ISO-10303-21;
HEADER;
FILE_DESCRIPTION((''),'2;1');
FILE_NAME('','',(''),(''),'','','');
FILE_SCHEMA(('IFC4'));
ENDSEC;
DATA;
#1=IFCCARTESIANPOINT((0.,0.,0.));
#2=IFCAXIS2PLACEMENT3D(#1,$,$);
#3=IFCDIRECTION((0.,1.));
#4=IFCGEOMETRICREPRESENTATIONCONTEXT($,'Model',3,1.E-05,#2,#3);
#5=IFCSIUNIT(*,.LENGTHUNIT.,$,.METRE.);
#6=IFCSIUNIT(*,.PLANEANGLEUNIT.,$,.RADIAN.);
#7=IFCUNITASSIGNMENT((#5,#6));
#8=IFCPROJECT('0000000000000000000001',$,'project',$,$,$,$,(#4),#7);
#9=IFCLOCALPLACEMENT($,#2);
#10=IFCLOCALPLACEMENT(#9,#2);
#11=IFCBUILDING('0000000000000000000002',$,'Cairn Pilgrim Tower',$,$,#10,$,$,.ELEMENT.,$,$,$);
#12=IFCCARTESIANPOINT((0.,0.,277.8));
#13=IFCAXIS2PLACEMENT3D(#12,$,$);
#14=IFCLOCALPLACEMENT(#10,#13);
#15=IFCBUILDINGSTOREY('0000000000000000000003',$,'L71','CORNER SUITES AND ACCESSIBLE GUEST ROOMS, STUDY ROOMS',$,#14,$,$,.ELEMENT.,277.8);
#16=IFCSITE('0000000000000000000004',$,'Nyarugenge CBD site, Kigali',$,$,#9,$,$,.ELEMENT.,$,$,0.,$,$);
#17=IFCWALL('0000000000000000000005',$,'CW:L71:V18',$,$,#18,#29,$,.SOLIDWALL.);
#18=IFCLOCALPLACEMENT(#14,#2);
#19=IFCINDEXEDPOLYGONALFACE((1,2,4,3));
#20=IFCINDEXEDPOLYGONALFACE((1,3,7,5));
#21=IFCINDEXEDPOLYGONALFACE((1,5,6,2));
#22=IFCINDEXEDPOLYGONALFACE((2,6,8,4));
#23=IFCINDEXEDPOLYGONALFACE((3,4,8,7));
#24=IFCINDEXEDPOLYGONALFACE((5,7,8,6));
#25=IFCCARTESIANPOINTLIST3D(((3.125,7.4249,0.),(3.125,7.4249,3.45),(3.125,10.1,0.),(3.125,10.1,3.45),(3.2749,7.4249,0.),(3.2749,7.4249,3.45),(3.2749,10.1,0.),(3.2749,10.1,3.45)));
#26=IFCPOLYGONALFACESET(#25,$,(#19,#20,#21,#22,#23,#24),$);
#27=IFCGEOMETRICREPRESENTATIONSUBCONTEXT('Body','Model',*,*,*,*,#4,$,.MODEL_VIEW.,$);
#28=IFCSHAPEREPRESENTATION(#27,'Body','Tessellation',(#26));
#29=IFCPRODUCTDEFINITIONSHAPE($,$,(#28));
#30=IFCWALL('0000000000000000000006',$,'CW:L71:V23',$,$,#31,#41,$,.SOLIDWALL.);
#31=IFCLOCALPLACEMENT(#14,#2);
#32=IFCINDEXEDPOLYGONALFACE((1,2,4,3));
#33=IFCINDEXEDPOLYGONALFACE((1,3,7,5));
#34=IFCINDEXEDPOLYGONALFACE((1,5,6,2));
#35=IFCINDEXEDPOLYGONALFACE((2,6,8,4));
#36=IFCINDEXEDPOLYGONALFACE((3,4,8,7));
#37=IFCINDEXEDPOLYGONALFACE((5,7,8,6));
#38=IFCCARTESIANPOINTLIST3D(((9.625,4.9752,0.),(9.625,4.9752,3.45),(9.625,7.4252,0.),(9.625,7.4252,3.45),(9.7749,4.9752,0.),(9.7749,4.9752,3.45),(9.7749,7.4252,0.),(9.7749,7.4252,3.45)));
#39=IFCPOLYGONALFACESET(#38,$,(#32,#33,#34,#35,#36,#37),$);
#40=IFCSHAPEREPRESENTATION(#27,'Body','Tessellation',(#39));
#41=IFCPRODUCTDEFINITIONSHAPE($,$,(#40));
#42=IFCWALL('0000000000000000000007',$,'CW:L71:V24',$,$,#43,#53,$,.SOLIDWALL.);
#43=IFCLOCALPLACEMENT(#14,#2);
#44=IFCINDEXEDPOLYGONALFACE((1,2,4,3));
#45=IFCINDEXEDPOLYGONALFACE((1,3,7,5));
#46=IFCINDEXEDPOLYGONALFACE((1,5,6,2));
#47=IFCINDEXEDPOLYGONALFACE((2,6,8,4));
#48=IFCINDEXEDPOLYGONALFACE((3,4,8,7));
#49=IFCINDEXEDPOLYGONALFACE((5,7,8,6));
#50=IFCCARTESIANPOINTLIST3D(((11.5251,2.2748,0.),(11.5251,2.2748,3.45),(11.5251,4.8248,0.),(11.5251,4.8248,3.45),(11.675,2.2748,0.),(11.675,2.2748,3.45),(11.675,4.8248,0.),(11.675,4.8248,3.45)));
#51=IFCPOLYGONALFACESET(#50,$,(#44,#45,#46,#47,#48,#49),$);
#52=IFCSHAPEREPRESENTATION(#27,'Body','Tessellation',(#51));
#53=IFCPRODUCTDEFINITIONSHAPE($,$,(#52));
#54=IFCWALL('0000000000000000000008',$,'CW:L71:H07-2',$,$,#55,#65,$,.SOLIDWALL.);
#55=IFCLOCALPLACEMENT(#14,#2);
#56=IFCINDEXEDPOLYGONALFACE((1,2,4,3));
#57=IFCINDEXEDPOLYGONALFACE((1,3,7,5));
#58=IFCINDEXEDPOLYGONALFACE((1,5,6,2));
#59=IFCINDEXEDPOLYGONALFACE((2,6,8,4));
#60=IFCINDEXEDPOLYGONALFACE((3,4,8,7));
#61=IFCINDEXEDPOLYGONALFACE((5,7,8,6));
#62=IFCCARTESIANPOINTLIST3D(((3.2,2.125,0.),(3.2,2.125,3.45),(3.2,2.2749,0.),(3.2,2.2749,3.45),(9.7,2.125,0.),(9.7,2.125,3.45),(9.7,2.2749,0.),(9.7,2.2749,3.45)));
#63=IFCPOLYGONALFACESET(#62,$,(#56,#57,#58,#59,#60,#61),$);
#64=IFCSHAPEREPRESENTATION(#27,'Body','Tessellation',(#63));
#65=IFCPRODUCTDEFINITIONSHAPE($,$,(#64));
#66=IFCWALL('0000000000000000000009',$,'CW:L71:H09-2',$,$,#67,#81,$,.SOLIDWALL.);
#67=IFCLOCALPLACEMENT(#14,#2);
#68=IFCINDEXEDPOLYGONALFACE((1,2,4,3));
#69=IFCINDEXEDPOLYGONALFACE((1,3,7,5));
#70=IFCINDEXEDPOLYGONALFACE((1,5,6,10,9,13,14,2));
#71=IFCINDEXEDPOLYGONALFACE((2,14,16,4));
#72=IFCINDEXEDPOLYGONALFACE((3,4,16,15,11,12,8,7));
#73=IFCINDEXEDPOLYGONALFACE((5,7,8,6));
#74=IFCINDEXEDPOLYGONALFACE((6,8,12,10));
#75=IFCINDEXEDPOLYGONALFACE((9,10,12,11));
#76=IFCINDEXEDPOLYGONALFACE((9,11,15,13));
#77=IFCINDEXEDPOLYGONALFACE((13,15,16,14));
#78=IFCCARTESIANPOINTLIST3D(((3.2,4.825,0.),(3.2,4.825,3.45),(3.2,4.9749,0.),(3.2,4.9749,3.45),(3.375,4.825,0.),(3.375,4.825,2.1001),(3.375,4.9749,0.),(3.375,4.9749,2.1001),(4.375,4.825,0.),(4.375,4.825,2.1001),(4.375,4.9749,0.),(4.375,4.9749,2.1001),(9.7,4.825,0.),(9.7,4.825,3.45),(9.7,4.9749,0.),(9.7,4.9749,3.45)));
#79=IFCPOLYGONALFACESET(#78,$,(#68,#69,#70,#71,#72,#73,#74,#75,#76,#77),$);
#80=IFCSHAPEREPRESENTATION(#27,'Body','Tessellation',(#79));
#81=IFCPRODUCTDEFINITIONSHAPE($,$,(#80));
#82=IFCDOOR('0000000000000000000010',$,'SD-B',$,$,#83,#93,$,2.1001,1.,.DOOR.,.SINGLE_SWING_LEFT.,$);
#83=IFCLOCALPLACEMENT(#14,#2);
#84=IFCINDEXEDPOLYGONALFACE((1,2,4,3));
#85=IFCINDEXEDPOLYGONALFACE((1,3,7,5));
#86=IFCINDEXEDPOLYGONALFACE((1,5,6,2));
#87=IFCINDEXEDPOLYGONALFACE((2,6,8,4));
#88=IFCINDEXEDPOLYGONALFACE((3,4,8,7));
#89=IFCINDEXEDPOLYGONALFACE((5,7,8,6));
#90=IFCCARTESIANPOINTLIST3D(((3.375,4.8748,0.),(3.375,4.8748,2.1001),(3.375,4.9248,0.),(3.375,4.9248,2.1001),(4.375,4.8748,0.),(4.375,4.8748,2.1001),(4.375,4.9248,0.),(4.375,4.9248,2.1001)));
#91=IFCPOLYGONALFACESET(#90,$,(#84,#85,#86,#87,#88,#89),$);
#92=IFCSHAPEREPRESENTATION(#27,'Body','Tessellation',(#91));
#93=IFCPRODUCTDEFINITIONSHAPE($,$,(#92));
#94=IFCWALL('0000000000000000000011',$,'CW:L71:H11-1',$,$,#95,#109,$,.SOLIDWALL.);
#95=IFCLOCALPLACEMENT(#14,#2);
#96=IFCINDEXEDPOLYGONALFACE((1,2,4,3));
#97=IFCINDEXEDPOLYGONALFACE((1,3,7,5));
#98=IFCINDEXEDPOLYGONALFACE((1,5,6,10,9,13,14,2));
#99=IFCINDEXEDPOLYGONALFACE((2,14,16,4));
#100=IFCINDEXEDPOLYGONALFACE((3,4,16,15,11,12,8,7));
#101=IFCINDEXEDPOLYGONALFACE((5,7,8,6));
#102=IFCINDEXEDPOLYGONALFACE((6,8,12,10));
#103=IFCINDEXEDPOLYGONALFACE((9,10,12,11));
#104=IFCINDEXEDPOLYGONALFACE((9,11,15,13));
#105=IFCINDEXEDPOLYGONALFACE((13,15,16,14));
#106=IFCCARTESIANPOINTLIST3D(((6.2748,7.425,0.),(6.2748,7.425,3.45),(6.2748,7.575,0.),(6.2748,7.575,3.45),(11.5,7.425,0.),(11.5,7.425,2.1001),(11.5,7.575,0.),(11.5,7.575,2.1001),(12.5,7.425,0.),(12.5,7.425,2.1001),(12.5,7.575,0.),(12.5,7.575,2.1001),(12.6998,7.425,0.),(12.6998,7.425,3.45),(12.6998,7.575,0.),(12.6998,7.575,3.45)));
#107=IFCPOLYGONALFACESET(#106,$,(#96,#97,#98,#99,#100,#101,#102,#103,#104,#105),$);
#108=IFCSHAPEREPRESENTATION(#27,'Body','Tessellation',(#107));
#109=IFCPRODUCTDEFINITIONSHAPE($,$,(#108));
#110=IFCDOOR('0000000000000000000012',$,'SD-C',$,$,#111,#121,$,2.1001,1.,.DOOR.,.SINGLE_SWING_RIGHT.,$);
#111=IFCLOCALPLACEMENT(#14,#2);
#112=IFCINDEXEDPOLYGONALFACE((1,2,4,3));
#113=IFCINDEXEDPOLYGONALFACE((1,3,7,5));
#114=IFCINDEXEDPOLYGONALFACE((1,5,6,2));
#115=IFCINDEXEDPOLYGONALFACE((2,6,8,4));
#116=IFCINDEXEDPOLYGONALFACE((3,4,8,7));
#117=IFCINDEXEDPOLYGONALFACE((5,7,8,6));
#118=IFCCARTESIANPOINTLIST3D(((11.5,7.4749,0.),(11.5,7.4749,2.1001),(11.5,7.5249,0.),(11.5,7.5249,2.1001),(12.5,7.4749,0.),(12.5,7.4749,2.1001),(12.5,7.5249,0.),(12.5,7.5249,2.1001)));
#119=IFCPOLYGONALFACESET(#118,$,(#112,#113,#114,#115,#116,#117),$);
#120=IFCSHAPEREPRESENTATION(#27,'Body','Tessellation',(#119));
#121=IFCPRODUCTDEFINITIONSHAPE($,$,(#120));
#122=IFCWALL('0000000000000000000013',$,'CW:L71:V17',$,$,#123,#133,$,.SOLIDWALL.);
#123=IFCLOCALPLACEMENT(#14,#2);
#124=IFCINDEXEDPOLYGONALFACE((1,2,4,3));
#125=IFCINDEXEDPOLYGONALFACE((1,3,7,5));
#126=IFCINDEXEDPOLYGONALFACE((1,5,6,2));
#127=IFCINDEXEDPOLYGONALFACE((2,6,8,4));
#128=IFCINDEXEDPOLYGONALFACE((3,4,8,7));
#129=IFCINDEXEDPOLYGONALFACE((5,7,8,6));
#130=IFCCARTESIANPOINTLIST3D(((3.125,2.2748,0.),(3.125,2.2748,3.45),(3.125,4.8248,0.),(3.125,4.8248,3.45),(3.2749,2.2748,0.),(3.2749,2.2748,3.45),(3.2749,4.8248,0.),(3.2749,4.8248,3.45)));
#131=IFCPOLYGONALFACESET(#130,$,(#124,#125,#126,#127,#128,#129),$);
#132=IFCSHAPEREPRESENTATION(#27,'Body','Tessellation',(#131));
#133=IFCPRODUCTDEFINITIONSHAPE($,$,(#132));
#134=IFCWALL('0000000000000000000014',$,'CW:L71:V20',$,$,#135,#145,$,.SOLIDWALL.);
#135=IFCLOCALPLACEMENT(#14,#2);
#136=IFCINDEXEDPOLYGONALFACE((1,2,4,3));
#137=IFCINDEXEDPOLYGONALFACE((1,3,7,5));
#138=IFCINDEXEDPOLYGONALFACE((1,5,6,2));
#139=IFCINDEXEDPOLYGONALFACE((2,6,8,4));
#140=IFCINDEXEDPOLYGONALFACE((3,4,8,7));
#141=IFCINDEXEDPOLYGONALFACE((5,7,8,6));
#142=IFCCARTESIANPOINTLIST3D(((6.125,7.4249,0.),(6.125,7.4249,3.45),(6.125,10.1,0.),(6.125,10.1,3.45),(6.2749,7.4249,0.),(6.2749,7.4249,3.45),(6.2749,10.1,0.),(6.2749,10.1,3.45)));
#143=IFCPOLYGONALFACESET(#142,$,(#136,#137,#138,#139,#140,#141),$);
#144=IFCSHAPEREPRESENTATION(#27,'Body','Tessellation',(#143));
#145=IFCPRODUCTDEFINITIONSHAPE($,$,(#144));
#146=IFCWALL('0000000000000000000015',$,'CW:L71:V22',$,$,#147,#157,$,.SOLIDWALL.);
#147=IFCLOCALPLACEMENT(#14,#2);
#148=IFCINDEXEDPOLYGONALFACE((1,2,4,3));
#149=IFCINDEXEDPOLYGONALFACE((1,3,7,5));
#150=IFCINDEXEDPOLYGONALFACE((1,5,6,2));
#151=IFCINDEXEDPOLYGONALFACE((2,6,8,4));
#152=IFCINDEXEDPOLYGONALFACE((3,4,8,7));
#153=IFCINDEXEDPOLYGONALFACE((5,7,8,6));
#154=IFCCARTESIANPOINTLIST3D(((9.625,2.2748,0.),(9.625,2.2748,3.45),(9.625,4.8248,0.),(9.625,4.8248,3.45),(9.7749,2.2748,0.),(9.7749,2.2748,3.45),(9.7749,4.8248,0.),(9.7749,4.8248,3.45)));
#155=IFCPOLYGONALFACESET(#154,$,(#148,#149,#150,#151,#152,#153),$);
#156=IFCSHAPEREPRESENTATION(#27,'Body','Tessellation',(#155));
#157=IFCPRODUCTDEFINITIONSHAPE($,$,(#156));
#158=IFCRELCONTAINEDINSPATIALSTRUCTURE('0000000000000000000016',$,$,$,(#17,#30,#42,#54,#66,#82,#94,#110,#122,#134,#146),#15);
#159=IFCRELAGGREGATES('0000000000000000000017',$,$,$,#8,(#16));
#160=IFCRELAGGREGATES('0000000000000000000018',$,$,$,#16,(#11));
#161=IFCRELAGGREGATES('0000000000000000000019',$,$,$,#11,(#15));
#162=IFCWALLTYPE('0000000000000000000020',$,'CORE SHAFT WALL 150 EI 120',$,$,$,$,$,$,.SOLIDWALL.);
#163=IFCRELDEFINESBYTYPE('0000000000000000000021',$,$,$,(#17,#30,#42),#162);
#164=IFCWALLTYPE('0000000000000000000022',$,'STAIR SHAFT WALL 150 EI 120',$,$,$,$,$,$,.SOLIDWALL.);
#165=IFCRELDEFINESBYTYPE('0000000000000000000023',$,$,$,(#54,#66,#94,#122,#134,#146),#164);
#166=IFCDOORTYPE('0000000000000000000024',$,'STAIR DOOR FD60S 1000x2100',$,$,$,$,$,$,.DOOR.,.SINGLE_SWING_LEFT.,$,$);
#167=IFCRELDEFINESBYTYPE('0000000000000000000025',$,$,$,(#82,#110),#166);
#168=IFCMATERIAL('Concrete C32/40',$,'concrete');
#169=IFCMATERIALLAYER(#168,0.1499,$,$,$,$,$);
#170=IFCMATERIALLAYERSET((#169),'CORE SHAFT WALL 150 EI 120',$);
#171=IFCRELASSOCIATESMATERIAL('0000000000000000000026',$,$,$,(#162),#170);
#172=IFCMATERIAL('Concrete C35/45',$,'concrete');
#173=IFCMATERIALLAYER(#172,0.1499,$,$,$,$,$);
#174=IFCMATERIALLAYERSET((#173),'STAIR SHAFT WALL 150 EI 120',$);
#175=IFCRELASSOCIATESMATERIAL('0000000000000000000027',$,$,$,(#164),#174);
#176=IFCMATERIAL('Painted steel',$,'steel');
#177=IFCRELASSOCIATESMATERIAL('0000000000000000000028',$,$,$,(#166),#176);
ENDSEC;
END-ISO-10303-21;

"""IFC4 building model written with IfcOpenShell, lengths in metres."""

from ifc_helpers import new_model, si_unit, direction, frame, frame_2d, origin, place, context, subcontext, project, spatial, rectangle, extrude, material, layer, layer_set, type_object, element, fill, save


model = new_model("IFC4")

# Units and contexts
model_context = context("Model", 3, precision=1e-05, world=origin(), true_north=direction((0.0, 1.0)))
body_context = subcontext(model_context, "Body", "Model", "MODEL_VIEW")
ifc_project = project(units=[si_unit("LENGTHUNIT", "METRE"), si_unit("PLANEANGLEUNIT", "RADIAN")], contexts=[model_context])

# Site, building, storey
site_placement = place(None, origin())
site = spatial("IfcSite", under=ifc_project, at=site_placement, Name="Nyarugenge CBD site, Kigali", CompositionType="ELEMENT", RefElevation=0.0)
building_placement = place(site_placement, origin())
building = spatial("IfcBuilding", under=site, at=building_placement, Name="Cairn Pilgrim Tower", CompositionType="ELEMENT")
storey_placement = place(building_placement, frame((0.0, 0.0, 277.8)))
storey = spatial("IfcBuildingStorey", under=building, at=storey_placement, Name="L71", Description="CORNER SUITES AND ACCESSIBLE GUEST ROOMS, STUDY ROOMS", CompositionType="ELEMENT", Elevation=277.8)

# Shared definitions
ifc_material_1 = material(Name="Concrete C32/40", Category="concrete")
ifc_layer_1 = layer(ifc_material_1, 0.1499)
ifc_layer_set_1 = layer_set([ifc_layer_1], Name="CORE SHAFT WALL 150 EI 120")
wall_type_1 = type_object("IfcWallType", Name="CORE SHAFT WALL 150 EI 120", PredefinedType="SOLIDWALL", material=ifc_layer_set_1)

# Shared definitions
ifc_material_2 = material(Name="Painted steel", Category="steel")

# Walls
wall_1_placement = place(storey_placement, frame((3.2, 7.425, 0.0), z_axis=(0.0, 0.0, 1.0), x_axis=(0.0, 1.0, 0.0)))
element("IfcWall", 1, at=wall_1_placement, inside=storey, type_object=wall_type_1, Name="CW:L71:V18", PredefinedType="SOLIDWALL", context=body_context, shape_type="SweptSolid", body=[
    extrude(rectangle(XDim=2.675, YDim=0.1499, at=frame_2d((1.3374, 0.0))), origin(), (0.0, 0.0, 1.0), 3.45),
])
wall_2_placement = place(storey_placement, frame((9.7, 4.9751, 0.0), z_axis=(0.0, 0.0, 1.0), x_axis=(0.0, 1.0, 0.0)))
element("IfcWall", 2, at=wall_2_placement, inside=storey, type_object=wall_type_1, Name="CW:L71:V23", PredefinedType="SOLIDWALL", context=body_context, shape_type="SweptSolid", body=[
    extrude(rectangle(XDim=2.45, YDim=0.1499, at=frame_2d((1.2251, 0.0))), origin(), (0.0, 0.0, 1.0), 3.45),
])
wall_3_placement = place(storey_placement, frame((11.6001, 2.2749, 0.0), z_axis=(0.0, 0.0, 1.0), x_axis=(0.0, 1.0, 0.0)))
element("IfcWall", 3, at=wall_3_placement, inside=storey, type_object=wall_type_1, Name="CW:L71:V24", PredefinedType="SOLIDWALL", context=body_context, shape_type="SweptSolid", body=[
    extrude(rectangle(XDim=2.55, YDim=0.1499, at=frame_2d((1.2749, 0.0))), origin(), (0.0, 0.0, 1.0), 3.45),
])
ifc_material_3 = material(Name="Concrete C35/45", Category="concrete")
ifc_layer_2 = layer(ifc_material_3, 0.1499)
ifc_layer_set_2 = layer_set([ifc_layer_2], Name="STAIR SHAFT WALL 150 EI 120")
wall_type_2 = type_object("IfcWallType", Name="STAIR SHAFT WALL 150 EI 120", PredefinedType="SOLIDWALL", material=ifc_layer_set_2)
wall_4_placement = place(storey_placement, frame((3.2, 2.2, 0.0), z_axis=(0.0, 0.0, 1.0), x_axis=(1.0, 0.0, 0.0)))
element("IfcWall", 4, at=wall_4_placement, inside=storey, type_object=wall_type_2, Name="CW:L71:H07-2", PredefinedType="SOLIDWALL", context=body_context, shape_type="SweptSolid", body=[
    extrude(rectangle(XDim=6.5, YDim=0.1499, at=frame_2d((3.25, 0.0))), origin(), (0.0, 0.0, 1.0), 3.45),
])

# Walls, openings, doors
wall_5_placement = place(storey_placement, frame((3.2, 4.8999, 0.0), z_axis=(0.0, 0.0, 1.0), x_axis=(1.0, 0.0, 0.0)))
wall_5 = element("IfcWall", 5, at=wall_5_placement, inside=storey, type_object=wall_type_2, Name="CW:L71:H09-2", PredefinedType="SOLIDWALL", context=body_context, shape_type="SweptSolid", body=[
    extrude(rectangle(XDim=6.5, YDim=0.1499, at=frame_2d((3.25, 0.0))), origin(), (0.0, 0.0, 1.0), 3.45),
])
opening_1_placement = place(wall_5_placement, frame((0.175, 0.0, 0.0)))
opening_1 = element("IfcOpeningElement", 6, at=opening_1_placement, cuts=wall_5, PredefinedType="OPENING", context=body_context, shape_type="SweptSolid", body=[
    extrude(rectangle(XDim=1.0, YDim=2.1001, at=frame_2d((0.5, 1.05))), frame((0.0, 0.085, 0.0), z_axis=(0.0, -1.0, 0.0), x_axis=(1.0, 0.0, 0.0)), (0.0, 0.0, 1.0), 0.1699),
])
door_type_1 = type_object("IfcDoorType", Name="STAIR DOOR FD60S 1000x2100", OperationType="SINGLE_SWING_LEFT", PredefinedType="DOOR", material=ifc_material_2)
door_1_placement = place(opening_1_placement, origin())
door_1 = element("IfcDoor", 7, at=door_1_placement, inside=storey, type_object=door_type_1, Name="SD-B", OperationType="SINGLE_SWING_LEFT", OverallHeight=2.1001, OverallWidth=1.0, PredefinedType="DOOR", context=body_context, shape_type="SweptSolid", body=[
    extrude(rectangle(XDim=1.0, YDim=2.1001, at=frame_2d((0.5, 1.05))), frame((0.0, 0.0249, 0.0), z_axis=(0.0, -1.0, 0.0), x_axis=(1.0, 0.0, 0.0)), (0.0, 0.0, 1.0), 0.05),
])
fill(opening_1, door_1)
wall_6_placement = place(storey_placement, frame((6.2749, 7.5, 0.0), z_axis=(0.0, 0.0, 1.0), x_axis=(1.0, 0.0, 0.0)))
wall_6 = element("IfcWall", 8, at=wall_6_placement, inside=storey, type_object=wall_type_2, Name="CW:L71:H11-1", PredefinedType="SOLIDWALL", context=body_context, shape_type="SweptSolid", body=[
    extrude(rectangle(XDim=6.425, YDim=0.1499, at=frame_2d((3.2124, 0.0))), origin(), (0.0, 0.0, 1.0), 3.45),
])
opening_2_placement = place(wall_6_placement, frame((5.2251, 0.0, 0.0)))
opening_2 = element("IfcOpeningElement", 9, at=opening_2_placement, cuts=wall_6, PredefinedType="OPENING", context=body_context, shape_type="SweptSolid", body=[
    extrude(rectangle(XDim=1.0, YDim=2.1001, at=frame_2d((0.5, 1.05))), frame((0.0, 0.085, 0.0), z_axis=(0.0, -1.0, 0.0), x_axis=(1.0, 0.0, 0.0)), (0.0, 0.0, 1.0), 0.1699),
])
door_2_placement = place(opening_2_placement, origin())
door_2 = element("IfcDoor", 10, at=door_2_placement, inside=storey, type_object=door_type_1, Name="SD-C", OperationType="SINGLE_SWING_RIGHT", OverallHeight=2.1001, OverallWidth=1.0, PredefinedType="DOOR", context=body_context, shape_type="SweptSolid", body=[
    extrude(rectangle(XDim=1.0, YDim=2.1001, at=frame_2d((0.5, 1.05))), frame((0.0, 0.0249, 0.0), z_axis=(0.0, -1.0, 0.0), x_axis=(1.0, 0.0, 0.0)), (0.0, 0.0, 1.0), 0.05),
])
fill(opening_2, door_2)

# Walls
wall_7_placement = place(storey_placement, frame((3.2, 2.2749, 0.0), z_axis=(0.0, 0.0, 1.0), x_axis=(0.0, 1.0, 0.0)))
element("IfcWall", 11, at=wall_7_placement, inside=storey, type_object=wall_type_2, Name="CW:L71:V17", PredefinedType="SOLIDWALL", context=body_context, shape_type="SweptSolid", body=[
    extrude(rectangle(XDim=2.55, YDim=0.1499, at=frame_2d((1.2749, 0.0))), origin(), (0.0, 0.0, 1.0), 3.45),
])
wall_8_placement = place(storey_placement, frame((6.2, 7.425, 0.0), z_axis=(0.0, 0.0, 1.0), x_axis=(0.0, 1.0, 0.0)))
element("IfcWall", 12, at=wall_8_placement, inside=storey, type_object=wall_type_2, Name="CW:L71:V20", PredefinedType="SOLIDWALL", context=body_context, shape_type="SweptSolid", body=[
    extrude(rectangle(XDim=2.675, YDim=0.1499, at=frame_2d((1.3374, 0.0))), origin(), (0.0, 0.0, 1.0), 3.45),
])
wall_9_placement = place(storey_placement, frame((9.7, 2.2749, 0.0), z_axis=(0.0, 0.0, 1.0), x_axis=(0.0, 1.0, 0.0)))
element("IfcWall", 13, at=wall_9_placement, inside=storey, type_object=wall_type_2, Name="CW:L71:V22", PredefinedType="SOLIDWALL", context=body_context, shape_type="SweptSolid", body=[
    extrude(rectangle(XDim=2.55, YDim=0.1499, at=frame_2d((1.2749, 0.0))), origin(), (0.0, 0.0, 1.0), 3.45),
])

save(model, "model.ifc")
